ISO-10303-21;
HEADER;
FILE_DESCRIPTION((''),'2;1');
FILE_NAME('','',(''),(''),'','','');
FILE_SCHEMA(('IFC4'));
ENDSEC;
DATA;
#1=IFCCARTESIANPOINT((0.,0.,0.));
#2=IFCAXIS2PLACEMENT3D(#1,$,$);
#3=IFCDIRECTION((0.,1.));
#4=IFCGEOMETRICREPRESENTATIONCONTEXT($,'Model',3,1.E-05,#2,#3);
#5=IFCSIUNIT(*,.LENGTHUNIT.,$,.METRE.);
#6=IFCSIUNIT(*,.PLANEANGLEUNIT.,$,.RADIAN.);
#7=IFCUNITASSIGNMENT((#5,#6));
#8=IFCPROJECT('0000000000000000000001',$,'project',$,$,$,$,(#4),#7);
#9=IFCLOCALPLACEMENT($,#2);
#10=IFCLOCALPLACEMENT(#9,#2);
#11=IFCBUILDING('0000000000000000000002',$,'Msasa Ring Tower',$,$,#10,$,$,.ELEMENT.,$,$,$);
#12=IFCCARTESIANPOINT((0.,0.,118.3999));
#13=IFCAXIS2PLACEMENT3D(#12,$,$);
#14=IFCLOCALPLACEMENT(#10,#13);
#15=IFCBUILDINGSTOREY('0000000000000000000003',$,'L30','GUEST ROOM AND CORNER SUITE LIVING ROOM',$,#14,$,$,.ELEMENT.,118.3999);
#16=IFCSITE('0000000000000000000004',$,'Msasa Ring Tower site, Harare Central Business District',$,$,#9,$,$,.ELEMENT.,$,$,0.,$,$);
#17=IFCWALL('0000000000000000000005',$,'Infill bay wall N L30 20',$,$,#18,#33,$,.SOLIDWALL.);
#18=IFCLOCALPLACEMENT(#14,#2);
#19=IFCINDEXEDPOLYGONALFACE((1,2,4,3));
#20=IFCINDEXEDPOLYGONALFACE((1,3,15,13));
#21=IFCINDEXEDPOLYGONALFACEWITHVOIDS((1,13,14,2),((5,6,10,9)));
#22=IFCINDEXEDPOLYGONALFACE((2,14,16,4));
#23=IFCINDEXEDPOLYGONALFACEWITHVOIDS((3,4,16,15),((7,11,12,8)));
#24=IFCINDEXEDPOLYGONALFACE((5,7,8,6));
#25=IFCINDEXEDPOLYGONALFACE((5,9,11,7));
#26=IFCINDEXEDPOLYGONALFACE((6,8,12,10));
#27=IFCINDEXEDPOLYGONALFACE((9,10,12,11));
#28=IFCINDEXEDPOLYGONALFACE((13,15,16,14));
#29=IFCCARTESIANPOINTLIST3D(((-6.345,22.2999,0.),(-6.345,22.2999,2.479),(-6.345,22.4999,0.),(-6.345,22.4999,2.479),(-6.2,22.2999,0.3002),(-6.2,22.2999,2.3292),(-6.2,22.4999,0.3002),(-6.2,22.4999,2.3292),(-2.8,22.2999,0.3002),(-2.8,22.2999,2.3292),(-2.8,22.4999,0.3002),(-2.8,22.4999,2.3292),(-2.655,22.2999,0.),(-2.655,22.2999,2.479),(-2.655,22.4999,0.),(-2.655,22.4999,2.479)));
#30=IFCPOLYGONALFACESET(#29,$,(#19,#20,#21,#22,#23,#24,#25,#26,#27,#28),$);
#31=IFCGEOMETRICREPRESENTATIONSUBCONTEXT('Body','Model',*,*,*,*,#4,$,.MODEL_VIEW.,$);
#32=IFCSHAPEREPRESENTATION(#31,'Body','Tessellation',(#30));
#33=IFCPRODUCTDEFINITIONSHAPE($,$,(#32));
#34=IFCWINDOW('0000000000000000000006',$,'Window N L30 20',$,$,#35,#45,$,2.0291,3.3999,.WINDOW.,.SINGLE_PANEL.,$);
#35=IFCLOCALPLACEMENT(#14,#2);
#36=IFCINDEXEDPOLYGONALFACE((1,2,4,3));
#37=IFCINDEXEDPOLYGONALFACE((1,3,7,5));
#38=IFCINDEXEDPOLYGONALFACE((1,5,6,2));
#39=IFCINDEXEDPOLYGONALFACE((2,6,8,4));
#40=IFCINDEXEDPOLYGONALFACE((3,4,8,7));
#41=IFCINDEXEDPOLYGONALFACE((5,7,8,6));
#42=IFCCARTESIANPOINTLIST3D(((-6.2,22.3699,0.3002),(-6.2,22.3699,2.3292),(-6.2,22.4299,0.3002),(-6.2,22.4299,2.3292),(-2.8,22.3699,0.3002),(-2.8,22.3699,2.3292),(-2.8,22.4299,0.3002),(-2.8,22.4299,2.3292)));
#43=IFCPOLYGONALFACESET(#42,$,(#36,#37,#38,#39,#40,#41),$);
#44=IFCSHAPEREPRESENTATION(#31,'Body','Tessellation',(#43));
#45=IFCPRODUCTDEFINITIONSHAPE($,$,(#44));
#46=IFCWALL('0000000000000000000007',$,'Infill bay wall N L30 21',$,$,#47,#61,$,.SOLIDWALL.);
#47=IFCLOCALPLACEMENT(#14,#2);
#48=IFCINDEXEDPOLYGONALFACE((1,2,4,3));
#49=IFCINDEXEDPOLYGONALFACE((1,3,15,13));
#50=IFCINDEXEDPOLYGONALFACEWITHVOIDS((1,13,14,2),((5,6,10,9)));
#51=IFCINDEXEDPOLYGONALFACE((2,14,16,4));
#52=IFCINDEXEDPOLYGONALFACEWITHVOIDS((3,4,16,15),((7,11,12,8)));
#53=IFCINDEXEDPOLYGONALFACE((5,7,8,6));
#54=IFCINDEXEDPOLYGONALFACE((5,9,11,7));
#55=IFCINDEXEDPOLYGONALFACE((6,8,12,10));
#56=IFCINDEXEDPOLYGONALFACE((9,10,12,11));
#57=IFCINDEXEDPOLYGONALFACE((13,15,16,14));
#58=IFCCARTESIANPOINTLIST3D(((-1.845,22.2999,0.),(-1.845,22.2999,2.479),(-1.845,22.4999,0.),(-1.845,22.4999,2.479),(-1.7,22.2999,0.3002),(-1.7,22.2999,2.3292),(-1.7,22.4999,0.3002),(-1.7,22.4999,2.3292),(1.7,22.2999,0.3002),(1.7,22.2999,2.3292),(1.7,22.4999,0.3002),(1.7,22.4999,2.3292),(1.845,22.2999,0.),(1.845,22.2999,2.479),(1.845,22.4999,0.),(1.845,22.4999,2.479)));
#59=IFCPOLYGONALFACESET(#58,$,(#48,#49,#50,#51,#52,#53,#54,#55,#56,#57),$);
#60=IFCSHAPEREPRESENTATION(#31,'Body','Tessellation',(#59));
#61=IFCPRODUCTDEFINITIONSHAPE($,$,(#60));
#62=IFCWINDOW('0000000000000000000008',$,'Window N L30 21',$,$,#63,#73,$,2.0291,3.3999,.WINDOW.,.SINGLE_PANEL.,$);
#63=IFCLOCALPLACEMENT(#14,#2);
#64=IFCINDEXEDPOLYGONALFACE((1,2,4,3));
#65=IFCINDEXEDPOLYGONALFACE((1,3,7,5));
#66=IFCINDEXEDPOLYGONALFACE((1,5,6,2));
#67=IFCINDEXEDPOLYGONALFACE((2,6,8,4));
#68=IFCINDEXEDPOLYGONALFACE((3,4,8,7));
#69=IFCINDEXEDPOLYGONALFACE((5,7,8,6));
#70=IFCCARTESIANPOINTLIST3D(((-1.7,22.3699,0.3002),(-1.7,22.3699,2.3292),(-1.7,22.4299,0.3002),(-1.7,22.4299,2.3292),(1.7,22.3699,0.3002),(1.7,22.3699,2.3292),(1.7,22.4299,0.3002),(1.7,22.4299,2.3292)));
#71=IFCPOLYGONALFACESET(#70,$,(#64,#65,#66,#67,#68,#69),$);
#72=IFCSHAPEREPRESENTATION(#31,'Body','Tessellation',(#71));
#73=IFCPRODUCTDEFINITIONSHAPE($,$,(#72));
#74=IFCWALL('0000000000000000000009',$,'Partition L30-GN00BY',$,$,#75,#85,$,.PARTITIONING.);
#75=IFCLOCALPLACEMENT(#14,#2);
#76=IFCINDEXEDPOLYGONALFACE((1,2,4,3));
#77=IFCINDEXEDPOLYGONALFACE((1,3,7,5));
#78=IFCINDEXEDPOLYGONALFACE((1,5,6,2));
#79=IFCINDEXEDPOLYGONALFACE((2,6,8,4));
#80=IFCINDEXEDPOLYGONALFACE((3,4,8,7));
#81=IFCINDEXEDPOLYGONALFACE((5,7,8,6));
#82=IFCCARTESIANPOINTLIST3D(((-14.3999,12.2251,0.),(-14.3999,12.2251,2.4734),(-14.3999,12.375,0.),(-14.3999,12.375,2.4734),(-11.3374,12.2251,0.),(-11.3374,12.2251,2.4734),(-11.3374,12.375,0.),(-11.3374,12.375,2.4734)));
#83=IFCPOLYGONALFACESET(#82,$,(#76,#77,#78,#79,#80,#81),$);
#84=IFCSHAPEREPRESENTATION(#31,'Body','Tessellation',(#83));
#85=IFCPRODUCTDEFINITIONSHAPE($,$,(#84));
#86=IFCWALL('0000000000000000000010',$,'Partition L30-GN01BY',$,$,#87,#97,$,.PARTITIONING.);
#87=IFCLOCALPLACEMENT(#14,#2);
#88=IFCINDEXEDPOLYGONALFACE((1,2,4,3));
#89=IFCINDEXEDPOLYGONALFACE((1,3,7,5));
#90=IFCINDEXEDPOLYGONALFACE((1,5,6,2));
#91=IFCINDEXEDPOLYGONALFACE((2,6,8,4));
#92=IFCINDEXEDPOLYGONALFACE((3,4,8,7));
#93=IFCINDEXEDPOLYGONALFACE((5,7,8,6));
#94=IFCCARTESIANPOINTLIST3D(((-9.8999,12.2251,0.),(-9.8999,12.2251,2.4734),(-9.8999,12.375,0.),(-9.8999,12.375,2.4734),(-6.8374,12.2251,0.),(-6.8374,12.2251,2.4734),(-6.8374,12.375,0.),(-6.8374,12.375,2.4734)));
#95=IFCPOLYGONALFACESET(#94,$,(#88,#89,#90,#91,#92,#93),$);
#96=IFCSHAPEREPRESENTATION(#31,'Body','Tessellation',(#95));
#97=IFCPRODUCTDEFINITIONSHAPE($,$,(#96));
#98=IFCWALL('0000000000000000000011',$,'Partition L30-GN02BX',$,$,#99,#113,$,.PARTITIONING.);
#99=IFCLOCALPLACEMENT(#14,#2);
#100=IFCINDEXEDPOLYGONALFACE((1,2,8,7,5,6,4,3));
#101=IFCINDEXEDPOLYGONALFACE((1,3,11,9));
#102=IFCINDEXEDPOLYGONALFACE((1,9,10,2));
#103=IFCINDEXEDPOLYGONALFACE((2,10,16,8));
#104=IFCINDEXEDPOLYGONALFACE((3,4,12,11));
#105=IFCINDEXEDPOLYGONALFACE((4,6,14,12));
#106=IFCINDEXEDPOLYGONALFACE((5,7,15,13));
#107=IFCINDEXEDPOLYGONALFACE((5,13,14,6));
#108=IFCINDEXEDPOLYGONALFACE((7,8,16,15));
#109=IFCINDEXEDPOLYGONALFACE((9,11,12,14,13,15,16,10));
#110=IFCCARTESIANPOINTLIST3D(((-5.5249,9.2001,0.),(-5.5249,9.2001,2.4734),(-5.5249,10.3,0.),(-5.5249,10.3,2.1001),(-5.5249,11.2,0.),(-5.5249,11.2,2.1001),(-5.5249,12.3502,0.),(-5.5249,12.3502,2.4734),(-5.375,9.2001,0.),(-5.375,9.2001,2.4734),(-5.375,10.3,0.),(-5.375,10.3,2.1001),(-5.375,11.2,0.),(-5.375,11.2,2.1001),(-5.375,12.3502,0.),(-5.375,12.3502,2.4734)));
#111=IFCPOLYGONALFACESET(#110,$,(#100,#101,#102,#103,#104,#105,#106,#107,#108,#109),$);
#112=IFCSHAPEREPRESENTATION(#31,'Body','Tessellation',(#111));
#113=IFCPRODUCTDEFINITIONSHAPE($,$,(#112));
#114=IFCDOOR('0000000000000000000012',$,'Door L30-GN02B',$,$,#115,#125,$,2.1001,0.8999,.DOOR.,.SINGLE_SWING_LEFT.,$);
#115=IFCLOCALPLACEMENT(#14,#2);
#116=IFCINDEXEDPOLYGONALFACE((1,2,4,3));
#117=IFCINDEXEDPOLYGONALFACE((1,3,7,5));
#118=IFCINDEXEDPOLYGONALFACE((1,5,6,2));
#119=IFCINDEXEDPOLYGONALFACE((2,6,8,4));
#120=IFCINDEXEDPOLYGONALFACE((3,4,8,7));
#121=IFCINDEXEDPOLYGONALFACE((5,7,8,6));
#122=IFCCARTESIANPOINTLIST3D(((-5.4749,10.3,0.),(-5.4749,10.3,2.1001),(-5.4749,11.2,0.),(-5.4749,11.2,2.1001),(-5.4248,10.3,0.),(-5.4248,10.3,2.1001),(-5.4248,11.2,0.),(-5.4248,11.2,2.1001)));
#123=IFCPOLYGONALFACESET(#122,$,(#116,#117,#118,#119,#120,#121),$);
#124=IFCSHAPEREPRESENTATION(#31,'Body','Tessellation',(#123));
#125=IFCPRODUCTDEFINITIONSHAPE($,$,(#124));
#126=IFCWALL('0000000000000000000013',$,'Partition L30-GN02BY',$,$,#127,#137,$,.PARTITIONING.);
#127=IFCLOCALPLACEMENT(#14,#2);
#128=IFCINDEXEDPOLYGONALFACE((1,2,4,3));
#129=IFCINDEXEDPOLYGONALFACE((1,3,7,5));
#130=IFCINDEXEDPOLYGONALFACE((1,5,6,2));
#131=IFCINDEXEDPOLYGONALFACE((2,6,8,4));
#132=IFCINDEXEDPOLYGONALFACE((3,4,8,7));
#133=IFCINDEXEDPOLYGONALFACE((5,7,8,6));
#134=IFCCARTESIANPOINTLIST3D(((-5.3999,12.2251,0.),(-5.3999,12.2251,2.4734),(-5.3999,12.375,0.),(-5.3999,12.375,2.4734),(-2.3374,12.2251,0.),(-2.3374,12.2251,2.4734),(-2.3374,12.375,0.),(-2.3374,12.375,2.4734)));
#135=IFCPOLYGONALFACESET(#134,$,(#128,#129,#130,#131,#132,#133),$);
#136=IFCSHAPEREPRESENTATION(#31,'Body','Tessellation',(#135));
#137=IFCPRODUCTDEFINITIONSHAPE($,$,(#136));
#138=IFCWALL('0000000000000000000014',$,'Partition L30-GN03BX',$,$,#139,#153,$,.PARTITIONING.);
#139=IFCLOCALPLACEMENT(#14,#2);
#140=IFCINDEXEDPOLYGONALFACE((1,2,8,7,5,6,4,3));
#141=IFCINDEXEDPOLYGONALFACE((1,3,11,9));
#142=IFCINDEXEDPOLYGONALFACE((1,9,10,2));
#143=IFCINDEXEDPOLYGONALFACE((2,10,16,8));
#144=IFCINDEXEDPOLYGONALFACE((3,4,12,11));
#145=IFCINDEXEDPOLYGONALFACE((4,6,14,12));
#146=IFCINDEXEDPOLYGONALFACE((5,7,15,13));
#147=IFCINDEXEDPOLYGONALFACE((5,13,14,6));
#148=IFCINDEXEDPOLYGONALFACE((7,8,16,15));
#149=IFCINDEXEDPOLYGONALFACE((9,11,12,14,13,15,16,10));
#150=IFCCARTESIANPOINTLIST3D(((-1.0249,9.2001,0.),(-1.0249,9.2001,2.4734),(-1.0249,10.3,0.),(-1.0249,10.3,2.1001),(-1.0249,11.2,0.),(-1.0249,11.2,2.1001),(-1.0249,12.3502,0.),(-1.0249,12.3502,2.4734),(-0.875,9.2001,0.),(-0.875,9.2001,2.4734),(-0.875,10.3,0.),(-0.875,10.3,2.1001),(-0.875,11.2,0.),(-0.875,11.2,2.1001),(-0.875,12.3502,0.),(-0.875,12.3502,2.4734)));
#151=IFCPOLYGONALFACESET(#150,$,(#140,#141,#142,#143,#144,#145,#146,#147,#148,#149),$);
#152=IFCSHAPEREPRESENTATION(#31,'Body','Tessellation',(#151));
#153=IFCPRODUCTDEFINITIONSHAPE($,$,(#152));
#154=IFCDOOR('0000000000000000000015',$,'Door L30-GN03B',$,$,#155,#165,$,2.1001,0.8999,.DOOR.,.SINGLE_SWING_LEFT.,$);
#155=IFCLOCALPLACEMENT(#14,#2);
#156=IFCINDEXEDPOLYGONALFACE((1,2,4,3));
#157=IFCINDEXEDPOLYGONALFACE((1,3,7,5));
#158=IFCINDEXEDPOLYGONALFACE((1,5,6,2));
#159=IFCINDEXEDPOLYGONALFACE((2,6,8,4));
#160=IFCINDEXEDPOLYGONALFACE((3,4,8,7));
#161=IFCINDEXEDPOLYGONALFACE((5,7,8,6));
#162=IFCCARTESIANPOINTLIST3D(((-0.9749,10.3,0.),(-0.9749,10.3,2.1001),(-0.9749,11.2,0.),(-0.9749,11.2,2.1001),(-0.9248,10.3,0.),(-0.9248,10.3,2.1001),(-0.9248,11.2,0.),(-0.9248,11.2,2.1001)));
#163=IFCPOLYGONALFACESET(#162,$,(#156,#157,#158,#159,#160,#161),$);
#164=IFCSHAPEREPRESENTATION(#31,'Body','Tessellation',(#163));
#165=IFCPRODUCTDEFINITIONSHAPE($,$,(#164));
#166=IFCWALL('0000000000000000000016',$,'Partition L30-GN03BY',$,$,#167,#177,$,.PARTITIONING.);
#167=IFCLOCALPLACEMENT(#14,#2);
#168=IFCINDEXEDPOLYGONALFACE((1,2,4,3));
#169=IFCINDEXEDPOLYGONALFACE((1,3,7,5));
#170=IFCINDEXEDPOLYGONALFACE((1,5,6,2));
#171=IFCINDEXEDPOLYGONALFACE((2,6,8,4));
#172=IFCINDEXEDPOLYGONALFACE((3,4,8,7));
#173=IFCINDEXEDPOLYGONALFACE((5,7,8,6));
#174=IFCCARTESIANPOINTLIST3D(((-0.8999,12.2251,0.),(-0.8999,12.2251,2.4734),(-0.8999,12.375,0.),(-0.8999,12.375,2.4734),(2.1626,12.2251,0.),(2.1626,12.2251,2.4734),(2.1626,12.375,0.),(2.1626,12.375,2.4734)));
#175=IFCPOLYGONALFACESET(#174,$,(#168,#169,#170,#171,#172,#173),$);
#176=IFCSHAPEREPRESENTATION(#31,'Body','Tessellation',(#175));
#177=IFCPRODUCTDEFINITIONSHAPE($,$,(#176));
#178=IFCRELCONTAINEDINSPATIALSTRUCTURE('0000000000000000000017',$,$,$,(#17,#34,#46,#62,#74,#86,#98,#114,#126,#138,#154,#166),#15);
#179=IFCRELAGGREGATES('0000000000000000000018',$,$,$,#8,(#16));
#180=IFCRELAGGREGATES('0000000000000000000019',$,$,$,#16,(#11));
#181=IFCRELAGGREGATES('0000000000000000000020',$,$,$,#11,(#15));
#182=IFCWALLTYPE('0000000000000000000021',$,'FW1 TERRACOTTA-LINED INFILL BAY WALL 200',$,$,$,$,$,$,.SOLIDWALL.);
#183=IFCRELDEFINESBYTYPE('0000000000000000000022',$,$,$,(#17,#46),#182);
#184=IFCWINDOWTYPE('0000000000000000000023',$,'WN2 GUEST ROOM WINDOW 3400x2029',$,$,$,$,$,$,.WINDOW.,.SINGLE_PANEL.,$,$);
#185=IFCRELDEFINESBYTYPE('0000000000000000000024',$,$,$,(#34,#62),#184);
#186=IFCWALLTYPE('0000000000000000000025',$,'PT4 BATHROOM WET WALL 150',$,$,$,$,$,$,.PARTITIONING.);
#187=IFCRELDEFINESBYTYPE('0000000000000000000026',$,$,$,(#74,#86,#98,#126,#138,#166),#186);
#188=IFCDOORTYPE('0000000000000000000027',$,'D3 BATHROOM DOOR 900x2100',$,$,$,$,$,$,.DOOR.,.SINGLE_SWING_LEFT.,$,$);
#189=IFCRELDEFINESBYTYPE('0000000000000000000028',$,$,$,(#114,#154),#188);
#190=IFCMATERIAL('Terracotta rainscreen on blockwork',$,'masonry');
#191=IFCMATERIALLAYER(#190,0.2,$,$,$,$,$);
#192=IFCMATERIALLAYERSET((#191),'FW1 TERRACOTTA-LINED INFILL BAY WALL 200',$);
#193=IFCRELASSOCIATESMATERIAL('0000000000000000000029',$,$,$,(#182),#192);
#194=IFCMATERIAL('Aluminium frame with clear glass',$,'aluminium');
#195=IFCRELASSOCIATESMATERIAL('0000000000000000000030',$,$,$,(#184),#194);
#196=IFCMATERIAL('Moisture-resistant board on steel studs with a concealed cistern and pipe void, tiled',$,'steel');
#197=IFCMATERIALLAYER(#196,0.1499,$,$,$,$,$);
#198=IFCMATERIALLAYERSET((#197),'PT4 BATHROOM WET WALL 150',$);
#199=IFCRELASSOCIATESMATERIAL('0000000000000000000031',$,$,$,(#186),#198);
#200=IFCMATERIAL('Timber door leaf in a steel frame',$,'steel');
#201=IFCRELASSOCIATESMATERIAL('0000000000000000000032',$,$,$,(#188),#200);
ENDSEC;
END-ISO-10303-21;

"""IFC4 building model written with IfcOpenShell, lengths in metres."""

from ifc_helpers import new_model, si_unit, direction, frame, frame_2d, origin, place, context, subcontext, project, spatial, rectangle, extrude, material, layer, layer_set, type_object, element, fill, save


model = new_model("IFC4")

# Units and contexts
model_context = context("Model", 3, precision=1e-05, world=origin(), true_north=direction((0.0, 1.0)))
body_context = subcontext(model_context, "Body", "Model", "MODEL_VIEW")
ifc_project = project(units=[si_unit("LENGTHUNIT", "METRE"), si_unit("PLANEANGLEUNIT", "RADIAN")], contexts=[model_context])

# Site, building, storey
site_placement = place(None, origin())
site = spatial("IfcSite", under=ifc_project, at=site_placement, Name="Msasa Ring Tower site, Harare Central Business District", CompositionType="ELEMENT", RefElevation=0.0)
building_placement = place(site_placement, origin())
building = spatial("IfcBuilding", under=site, at=building_placement, Name="Msasa Ring Tower", CompositionType="ELEMENT")
storey_placement = place(building_placement, frame((0.0, 0.0, 118.3999)))
storey = spatial("IfcBuildingStorey", under=building, at=storey_placement, Name="L30", Description="GUEST ROOM AND CORNER SUITE LIVING ROOM", CompositionType="ELEMENT", Elevation=118.3999)

# Walls, openings, windows
ifc_material_1 = material(Name="Terracotta rainscreen on blockwork", Category="masonry")
ifc_layer_1 = layer(ifc_material_1, 0.2)
ifc_layer_set_1 = layer_set([ifc_layer_1], Name="FW1 TERRACOTTA-LINED INFILL BAY WALL 200")
wall_type_1 = type_object("IfcWallType", Name="FW1 TERRACOTTA-LINED INFILL BAY WALL 200", PredefinedType="SOLIDWALL", material=ifc_layer_set_1)
ifc_material_2 = material(Name="Aluminium frame with clear glass", Category="aluminium")
window_type = type_object("IfcWindowType", Name="WN2 GUEST ROOM WINDOW 3400x2029", PartitioningType="SINGLE_PANEL", PredefinedType="WINDOW", material=ifc_material_2)
wall_1_placement = place(storey_placement, frame((-6.345, 22.3999, 0.0), z_axis=(0.0, 0.0, 1.0), x_axis=(1.0, 0.0, 0.0)))
wall_1 = element("IfcWall", 1, at=wall_1_placement, inside=storey, type_object=wall_type_1, Name="Infill bay wall N L30 20", PredefinedType="SOLIDWALL", context=body_context, shape_type="SweptSolid", body=[
    extrude(rectangle(XDim=3.6899, YDim=0.2, at=frame_2d((1.845, 0.0))), origin(), (0.0, 0.0, 1.0), 2.479),
])
opening_1_placement = place(wall_1_placement, frame((0.145, 0.0, 0.3)))
opening_1 = element("IfcOpeningElement", 2, at=opening_1_placement, cuts=wall_1, PredefinedType="OPENING", context=body_context, shape_type="SweptSolid", body=[
    extrude(rectangle(XDim=3.3999, YDim=2.0291, at=frame_2d((1.7, 1.0146))), frame((0.0, 0.1099, 0.0), z_axis=(0.0, -1.0, 0.0), x_axis=(1.0, 0.0, 0.0)), (0.0, 0.0, 1.0), 0.22),
])
window_1_placement = place(opening_1_placement, origin())
window_1 = element("IfcWindow", 3, at=window_1_placement, inside=storey, type_object=window_type, Name="Window N L30 20", OverallHeight=2.0291, OverallWidth=3.3999, PartitioningType="SINGLE_PANEL", PredefinedType="WINDOW", context=body_context, shape_type="SweptSolid", body=[
    extrude(rectangle(XDim=3.3999, YDim=2.0291, at=frame_2d((1.7, 1.0146))), frame((0.0, 0.03, 0.0), z_axis=(0.0, -1.0, 0.0), x_axis=(1.0, 0.0, 0.0)), (0.0, 0.0, 1.0), 0.0601),
])
fill(opening_1, window_1)
wall_2_placement = place(storey_placement, frame((-1.845, 22.3999, 0.0), z_axis=(0.0, 0.0, 1.0), x_axis=(1.0, 0.0, 0.0)))
wall_2 = element("IfcWall", 4, at=wall_2_placement, inside=storey, type_object=wall_type_1, Name="Infill bay wall N L30 21", PredefinedType="SOLIDWALL", context=body_context, shape_type="SweptSolid", body=[
    extrude(rectangle(XDim=3.6899, YDim=0.2, at=frame_2d((1.845, 0.0))), origin(), (0.0, 0.0, 1.0), 2.479),
])
opening_2_placement = place(wall_2_placement, frame((0.145, 0.0, 0.3)))
opening_2 = element("IfcOpeningElement", 5, at=opening_2_placement, cuts=wall_2, PredefinedType="OPENING", context=body_context, shape_type="SweptSolid", body=[
    extrude(rectangle(XDim=3.3999, YDim=2.0291, at=frame_2d((1.7, 1.0146))), frame((0.0, 0.1099, 0.0), z_axis=(0.0, -1.0, 0.0), x_axis=(1.0, 0.0, 0.0)), (0.0, 0.0, 1.0), 0.22),
])
window_2_placement = place(opening_2_placement, origin())
window_2 = element("IfcWindow", 6, at=window_2_placement, inside=storey, type_object=window_type, Name="Window N L30 21", OverallHeight=2.0291, OverallWidth=3.3999, PartitioningType="SINGLE_PANEL", PredefinedType="WINDOW", context=body_context, shape_type="SweptSolid", body=[
    extrude(rectangle(XDim=3.3999, YDim=2.0291, at=frame_2d((1.7, 1.0146))), frame((0.0, 0.03, 0.0), z_axis=(0.0, -1.0, 0.0), x_axis=(1.0, 0.0, 0.0)), (0.0, 0.0, 1.0), 0.0601),
])
fill(opening_2, window_2)

# Walls
ifc_material_3 = material(Name="Moisture-resistant board on steel studs with a concealed cistern and pipe void, tiled", Category="steel")
ifc_layer_2 = layer(ifc_material_3, 0.1499)
ifc_layer_set_2 = layer_set([ifc_layer_2], Name="PT4 BATHROOM WET WALL 150")
wall_type_2 = type_object("IfcWallType", Name="PT4 BATHROOM WET WALL 150", PredefinedType="PARTITIONING", material=ifc_layer_set_2)
for number, where, z_axis, x_axis, name in (
    (7, (-14.3999, 12.3, 0.0), (0.0, 0.0, 1.0), (1.0, 0.0, 0.0), "Partition L30-GN00BY"),
    (8, (-9.8999, 12.3, 0.0), (0.0, 0.0, 1.0), (1.0, 0.0, 0.0), "Partition L30-GN01BY"),
):
    element("IfcWall", number, at=place(storey_placement, frame(where, z_axis=z_axis, x_axis=x_axis)), inside=storey, type_object=wall_type_2, Name=name, PredefinedType="PARTITIONING", context=body_context, shape_type="SweptSolid", body=[
        extrude(rectangle(XDim=3.0625, YDim=0.1499, at=frame_2d((1.5312, 0.0))), origin(), (0.0, 0.0, 1.0), 2.4734),
    ])

# Wall, opening, door
wall_3_placement = place(storey_placement, frame((-5.45, 9.2, 0.0), z_axis=(0.0, 0.0, 1.0), x_axis=(0.0, 1.0, 0.0)))
wall_3 = element("IfcWall", 9, at=wall_3_placement, inside=storey, type_object=wall_type_2, Name="Partition L30-GN02BX", PredefinedType="PARTITIONING", context=body_context, shape_type="SweptSolid", body=[
    extrude(rectangle(XDim=3.1501, YDim=0.1499, at=frame_2d((1.5752, 0.0))), origin(), (0.0, 0.0, 1.0), 2.4734),
])
opening_3_placement = place(wall_3_placement, frame((1.1001, 0.0, 0.0)))
opening_3 = element("IfcOpeningElement", 10, at=opening_3_placement, cuts=wall_3, PredefinedType="OPENING", context=body_context, shape_type="SweptSolid", body=[
    extrude(rectangle(XDim=0.8999, YDim=2.1001, at=frame_2d((0.45, 1.05))), frame((0.0, 0.085, 0.0), z_axis=(0.0, -1.0, 0.0), x_axis=(1.0, 0.0, 0.0)), (0.0, 0.0, 1.0), 0.1699),
])
ifc_material_4 = material(Name="Timber door leaf in a steel frame", Category="steel")
door_type = type_object("IfcDoorType", Name="D3 BATHROOM DOOR 900x2100", OperationType="SINGLE_SWING_LEFT", PredefinedType="DOOR", material=ifc_material_4)
door_1_placement = place(opening_3_placement, origin())
door_1 = element("IfcDoor", 11, at=door_1_placement, inside=storey, type_object=door_type, Name="Door L30-GN02B", OperationType="SINGLE_SWING_LEFT", OverallHeight=2.1001, OverallWidth=0.8999, PredefinedType="DOOR", context=body_context, shape_type="SweptSolid", body=[
    extrude(rectangle(XDim=0.8999, YDim=2.1001, at=frame_2d((0.45, 1.05))), frame((0.0, 0.0249, 0.0), z_axis=(0.0, -1.0, 0.0), x_axis=(1.0, 0.0, 0.0)), (0.0, 0.0, 1.0), 0.05),
])
fill(opening_3, door_1)

# Wall
wall_4_placement = place(storey_placement, frame((-5.3999, 12.3, 0.0), z_axis=(0.0, 0.0, 1.0), x_axis=(1.0, 0.0, 0.0)))
element("IfcWall", 12, at=wall_4_placement, inside=storey, type_object=wall_type_2, Name="Partition L30-GN02BY", PredefinedType="PARTITIONING", context=body_context, shape_type="SweptSolid", body=[
    extrude(rectangle(XDim=3.0625, YDim=0.1499, at=frame_2d((1.5312, 0.0))), origin(), (0.0, 0.0, 1.0), 2.4734),
])

# Wall, opening, door
wall_5_placement = place(storey_placement, frame((-0.95, 9.2, 0.0), z_axis=(0.0, 0.0, 1.0), x_axis=(0.0, 1.0, 0.0)))
wall_5 = element("IfcWall", 13, at=wall_5_placement, inside=storey, type_object=wall_type_2, Name="Partition L30-GN03BX", PredefinedType="PARTITIONING", context=body_context, shape_type="SweptSolid", body=[
    extrude(rectangle(XDim=3.1501, YDim=0.1499, at=frame_2d((1.5752, 0.0))), origin(), (0.0, 0.0, 1.0), 2.4734),
])
opening_4_placement = place(wall_5_placement, frame((1.1001, 0.0, 0.0)))
opening_4 = element("IfcOpeningElement", 14, at=opening_4_placement, cuts=wall_5, PredefinedType="OPENING", context=body_context, shape_type="SweptSolid", body=[
    extrude(rectangle(XDim=0.8999, YDim=2.1001, at=frame_2d((0.45, 1.05))), frame((0.0, 0.085, 0.0), z_axis=(0.0, -1.0, 0.0), x_axis=(1.0, 0.0, 0.0)), (0.0, 0.0, 1.0), 0.1699),
])
door_2_placement = place(opening_4_placement, origin())
door_2 = element("IfcDoor", 15, at=door_2_placement, inside=storey, type_object=door_type, Name="Door L30-GN03B", OperationType="SINGLE_SWING_LEFT", OverallHeight=2.1001, OverallWidth=0.8999, PredefinedType="DOOR", context=body_context, shape_type="SweptSolid", body=[
    extrude(rectangle(XDim=0.8999, YDim=2.1001, at=frame_2d((0.45, 1.05))), frame((0.0, 0.0249, 0.0), z_axis=(0.0, -1.0, 0.0), x_axis=(1.0, 0.0, 0.0)), (0.0, 0.0, 1.0), 0.05),
])
fill(opening_4, door_2)

# Wall
wall_6_placement = place(storey_placement, frame((-0.8999, 12.3, 0.0), z_axis=(0.0, 0.0, 1.0), x_axis=(1.0, 0.0, 0.0)))
element("IfcWall", 16, at=wall_6_placement, inside=storey, type_object=wall_type_2, Name="Partition L30-GN03BY", PredefinedType="PARTITIONING", context=body_context, shape_type="SweptSolid", body=[
    extrude(rectangle(XDim=3.0625, YDim=0.1499, at=frame_2d((1.5312, 0.0))), origin(), (0.0, 0.0, 1.0), 2.4734),
])

save(model, "model.ifc")
